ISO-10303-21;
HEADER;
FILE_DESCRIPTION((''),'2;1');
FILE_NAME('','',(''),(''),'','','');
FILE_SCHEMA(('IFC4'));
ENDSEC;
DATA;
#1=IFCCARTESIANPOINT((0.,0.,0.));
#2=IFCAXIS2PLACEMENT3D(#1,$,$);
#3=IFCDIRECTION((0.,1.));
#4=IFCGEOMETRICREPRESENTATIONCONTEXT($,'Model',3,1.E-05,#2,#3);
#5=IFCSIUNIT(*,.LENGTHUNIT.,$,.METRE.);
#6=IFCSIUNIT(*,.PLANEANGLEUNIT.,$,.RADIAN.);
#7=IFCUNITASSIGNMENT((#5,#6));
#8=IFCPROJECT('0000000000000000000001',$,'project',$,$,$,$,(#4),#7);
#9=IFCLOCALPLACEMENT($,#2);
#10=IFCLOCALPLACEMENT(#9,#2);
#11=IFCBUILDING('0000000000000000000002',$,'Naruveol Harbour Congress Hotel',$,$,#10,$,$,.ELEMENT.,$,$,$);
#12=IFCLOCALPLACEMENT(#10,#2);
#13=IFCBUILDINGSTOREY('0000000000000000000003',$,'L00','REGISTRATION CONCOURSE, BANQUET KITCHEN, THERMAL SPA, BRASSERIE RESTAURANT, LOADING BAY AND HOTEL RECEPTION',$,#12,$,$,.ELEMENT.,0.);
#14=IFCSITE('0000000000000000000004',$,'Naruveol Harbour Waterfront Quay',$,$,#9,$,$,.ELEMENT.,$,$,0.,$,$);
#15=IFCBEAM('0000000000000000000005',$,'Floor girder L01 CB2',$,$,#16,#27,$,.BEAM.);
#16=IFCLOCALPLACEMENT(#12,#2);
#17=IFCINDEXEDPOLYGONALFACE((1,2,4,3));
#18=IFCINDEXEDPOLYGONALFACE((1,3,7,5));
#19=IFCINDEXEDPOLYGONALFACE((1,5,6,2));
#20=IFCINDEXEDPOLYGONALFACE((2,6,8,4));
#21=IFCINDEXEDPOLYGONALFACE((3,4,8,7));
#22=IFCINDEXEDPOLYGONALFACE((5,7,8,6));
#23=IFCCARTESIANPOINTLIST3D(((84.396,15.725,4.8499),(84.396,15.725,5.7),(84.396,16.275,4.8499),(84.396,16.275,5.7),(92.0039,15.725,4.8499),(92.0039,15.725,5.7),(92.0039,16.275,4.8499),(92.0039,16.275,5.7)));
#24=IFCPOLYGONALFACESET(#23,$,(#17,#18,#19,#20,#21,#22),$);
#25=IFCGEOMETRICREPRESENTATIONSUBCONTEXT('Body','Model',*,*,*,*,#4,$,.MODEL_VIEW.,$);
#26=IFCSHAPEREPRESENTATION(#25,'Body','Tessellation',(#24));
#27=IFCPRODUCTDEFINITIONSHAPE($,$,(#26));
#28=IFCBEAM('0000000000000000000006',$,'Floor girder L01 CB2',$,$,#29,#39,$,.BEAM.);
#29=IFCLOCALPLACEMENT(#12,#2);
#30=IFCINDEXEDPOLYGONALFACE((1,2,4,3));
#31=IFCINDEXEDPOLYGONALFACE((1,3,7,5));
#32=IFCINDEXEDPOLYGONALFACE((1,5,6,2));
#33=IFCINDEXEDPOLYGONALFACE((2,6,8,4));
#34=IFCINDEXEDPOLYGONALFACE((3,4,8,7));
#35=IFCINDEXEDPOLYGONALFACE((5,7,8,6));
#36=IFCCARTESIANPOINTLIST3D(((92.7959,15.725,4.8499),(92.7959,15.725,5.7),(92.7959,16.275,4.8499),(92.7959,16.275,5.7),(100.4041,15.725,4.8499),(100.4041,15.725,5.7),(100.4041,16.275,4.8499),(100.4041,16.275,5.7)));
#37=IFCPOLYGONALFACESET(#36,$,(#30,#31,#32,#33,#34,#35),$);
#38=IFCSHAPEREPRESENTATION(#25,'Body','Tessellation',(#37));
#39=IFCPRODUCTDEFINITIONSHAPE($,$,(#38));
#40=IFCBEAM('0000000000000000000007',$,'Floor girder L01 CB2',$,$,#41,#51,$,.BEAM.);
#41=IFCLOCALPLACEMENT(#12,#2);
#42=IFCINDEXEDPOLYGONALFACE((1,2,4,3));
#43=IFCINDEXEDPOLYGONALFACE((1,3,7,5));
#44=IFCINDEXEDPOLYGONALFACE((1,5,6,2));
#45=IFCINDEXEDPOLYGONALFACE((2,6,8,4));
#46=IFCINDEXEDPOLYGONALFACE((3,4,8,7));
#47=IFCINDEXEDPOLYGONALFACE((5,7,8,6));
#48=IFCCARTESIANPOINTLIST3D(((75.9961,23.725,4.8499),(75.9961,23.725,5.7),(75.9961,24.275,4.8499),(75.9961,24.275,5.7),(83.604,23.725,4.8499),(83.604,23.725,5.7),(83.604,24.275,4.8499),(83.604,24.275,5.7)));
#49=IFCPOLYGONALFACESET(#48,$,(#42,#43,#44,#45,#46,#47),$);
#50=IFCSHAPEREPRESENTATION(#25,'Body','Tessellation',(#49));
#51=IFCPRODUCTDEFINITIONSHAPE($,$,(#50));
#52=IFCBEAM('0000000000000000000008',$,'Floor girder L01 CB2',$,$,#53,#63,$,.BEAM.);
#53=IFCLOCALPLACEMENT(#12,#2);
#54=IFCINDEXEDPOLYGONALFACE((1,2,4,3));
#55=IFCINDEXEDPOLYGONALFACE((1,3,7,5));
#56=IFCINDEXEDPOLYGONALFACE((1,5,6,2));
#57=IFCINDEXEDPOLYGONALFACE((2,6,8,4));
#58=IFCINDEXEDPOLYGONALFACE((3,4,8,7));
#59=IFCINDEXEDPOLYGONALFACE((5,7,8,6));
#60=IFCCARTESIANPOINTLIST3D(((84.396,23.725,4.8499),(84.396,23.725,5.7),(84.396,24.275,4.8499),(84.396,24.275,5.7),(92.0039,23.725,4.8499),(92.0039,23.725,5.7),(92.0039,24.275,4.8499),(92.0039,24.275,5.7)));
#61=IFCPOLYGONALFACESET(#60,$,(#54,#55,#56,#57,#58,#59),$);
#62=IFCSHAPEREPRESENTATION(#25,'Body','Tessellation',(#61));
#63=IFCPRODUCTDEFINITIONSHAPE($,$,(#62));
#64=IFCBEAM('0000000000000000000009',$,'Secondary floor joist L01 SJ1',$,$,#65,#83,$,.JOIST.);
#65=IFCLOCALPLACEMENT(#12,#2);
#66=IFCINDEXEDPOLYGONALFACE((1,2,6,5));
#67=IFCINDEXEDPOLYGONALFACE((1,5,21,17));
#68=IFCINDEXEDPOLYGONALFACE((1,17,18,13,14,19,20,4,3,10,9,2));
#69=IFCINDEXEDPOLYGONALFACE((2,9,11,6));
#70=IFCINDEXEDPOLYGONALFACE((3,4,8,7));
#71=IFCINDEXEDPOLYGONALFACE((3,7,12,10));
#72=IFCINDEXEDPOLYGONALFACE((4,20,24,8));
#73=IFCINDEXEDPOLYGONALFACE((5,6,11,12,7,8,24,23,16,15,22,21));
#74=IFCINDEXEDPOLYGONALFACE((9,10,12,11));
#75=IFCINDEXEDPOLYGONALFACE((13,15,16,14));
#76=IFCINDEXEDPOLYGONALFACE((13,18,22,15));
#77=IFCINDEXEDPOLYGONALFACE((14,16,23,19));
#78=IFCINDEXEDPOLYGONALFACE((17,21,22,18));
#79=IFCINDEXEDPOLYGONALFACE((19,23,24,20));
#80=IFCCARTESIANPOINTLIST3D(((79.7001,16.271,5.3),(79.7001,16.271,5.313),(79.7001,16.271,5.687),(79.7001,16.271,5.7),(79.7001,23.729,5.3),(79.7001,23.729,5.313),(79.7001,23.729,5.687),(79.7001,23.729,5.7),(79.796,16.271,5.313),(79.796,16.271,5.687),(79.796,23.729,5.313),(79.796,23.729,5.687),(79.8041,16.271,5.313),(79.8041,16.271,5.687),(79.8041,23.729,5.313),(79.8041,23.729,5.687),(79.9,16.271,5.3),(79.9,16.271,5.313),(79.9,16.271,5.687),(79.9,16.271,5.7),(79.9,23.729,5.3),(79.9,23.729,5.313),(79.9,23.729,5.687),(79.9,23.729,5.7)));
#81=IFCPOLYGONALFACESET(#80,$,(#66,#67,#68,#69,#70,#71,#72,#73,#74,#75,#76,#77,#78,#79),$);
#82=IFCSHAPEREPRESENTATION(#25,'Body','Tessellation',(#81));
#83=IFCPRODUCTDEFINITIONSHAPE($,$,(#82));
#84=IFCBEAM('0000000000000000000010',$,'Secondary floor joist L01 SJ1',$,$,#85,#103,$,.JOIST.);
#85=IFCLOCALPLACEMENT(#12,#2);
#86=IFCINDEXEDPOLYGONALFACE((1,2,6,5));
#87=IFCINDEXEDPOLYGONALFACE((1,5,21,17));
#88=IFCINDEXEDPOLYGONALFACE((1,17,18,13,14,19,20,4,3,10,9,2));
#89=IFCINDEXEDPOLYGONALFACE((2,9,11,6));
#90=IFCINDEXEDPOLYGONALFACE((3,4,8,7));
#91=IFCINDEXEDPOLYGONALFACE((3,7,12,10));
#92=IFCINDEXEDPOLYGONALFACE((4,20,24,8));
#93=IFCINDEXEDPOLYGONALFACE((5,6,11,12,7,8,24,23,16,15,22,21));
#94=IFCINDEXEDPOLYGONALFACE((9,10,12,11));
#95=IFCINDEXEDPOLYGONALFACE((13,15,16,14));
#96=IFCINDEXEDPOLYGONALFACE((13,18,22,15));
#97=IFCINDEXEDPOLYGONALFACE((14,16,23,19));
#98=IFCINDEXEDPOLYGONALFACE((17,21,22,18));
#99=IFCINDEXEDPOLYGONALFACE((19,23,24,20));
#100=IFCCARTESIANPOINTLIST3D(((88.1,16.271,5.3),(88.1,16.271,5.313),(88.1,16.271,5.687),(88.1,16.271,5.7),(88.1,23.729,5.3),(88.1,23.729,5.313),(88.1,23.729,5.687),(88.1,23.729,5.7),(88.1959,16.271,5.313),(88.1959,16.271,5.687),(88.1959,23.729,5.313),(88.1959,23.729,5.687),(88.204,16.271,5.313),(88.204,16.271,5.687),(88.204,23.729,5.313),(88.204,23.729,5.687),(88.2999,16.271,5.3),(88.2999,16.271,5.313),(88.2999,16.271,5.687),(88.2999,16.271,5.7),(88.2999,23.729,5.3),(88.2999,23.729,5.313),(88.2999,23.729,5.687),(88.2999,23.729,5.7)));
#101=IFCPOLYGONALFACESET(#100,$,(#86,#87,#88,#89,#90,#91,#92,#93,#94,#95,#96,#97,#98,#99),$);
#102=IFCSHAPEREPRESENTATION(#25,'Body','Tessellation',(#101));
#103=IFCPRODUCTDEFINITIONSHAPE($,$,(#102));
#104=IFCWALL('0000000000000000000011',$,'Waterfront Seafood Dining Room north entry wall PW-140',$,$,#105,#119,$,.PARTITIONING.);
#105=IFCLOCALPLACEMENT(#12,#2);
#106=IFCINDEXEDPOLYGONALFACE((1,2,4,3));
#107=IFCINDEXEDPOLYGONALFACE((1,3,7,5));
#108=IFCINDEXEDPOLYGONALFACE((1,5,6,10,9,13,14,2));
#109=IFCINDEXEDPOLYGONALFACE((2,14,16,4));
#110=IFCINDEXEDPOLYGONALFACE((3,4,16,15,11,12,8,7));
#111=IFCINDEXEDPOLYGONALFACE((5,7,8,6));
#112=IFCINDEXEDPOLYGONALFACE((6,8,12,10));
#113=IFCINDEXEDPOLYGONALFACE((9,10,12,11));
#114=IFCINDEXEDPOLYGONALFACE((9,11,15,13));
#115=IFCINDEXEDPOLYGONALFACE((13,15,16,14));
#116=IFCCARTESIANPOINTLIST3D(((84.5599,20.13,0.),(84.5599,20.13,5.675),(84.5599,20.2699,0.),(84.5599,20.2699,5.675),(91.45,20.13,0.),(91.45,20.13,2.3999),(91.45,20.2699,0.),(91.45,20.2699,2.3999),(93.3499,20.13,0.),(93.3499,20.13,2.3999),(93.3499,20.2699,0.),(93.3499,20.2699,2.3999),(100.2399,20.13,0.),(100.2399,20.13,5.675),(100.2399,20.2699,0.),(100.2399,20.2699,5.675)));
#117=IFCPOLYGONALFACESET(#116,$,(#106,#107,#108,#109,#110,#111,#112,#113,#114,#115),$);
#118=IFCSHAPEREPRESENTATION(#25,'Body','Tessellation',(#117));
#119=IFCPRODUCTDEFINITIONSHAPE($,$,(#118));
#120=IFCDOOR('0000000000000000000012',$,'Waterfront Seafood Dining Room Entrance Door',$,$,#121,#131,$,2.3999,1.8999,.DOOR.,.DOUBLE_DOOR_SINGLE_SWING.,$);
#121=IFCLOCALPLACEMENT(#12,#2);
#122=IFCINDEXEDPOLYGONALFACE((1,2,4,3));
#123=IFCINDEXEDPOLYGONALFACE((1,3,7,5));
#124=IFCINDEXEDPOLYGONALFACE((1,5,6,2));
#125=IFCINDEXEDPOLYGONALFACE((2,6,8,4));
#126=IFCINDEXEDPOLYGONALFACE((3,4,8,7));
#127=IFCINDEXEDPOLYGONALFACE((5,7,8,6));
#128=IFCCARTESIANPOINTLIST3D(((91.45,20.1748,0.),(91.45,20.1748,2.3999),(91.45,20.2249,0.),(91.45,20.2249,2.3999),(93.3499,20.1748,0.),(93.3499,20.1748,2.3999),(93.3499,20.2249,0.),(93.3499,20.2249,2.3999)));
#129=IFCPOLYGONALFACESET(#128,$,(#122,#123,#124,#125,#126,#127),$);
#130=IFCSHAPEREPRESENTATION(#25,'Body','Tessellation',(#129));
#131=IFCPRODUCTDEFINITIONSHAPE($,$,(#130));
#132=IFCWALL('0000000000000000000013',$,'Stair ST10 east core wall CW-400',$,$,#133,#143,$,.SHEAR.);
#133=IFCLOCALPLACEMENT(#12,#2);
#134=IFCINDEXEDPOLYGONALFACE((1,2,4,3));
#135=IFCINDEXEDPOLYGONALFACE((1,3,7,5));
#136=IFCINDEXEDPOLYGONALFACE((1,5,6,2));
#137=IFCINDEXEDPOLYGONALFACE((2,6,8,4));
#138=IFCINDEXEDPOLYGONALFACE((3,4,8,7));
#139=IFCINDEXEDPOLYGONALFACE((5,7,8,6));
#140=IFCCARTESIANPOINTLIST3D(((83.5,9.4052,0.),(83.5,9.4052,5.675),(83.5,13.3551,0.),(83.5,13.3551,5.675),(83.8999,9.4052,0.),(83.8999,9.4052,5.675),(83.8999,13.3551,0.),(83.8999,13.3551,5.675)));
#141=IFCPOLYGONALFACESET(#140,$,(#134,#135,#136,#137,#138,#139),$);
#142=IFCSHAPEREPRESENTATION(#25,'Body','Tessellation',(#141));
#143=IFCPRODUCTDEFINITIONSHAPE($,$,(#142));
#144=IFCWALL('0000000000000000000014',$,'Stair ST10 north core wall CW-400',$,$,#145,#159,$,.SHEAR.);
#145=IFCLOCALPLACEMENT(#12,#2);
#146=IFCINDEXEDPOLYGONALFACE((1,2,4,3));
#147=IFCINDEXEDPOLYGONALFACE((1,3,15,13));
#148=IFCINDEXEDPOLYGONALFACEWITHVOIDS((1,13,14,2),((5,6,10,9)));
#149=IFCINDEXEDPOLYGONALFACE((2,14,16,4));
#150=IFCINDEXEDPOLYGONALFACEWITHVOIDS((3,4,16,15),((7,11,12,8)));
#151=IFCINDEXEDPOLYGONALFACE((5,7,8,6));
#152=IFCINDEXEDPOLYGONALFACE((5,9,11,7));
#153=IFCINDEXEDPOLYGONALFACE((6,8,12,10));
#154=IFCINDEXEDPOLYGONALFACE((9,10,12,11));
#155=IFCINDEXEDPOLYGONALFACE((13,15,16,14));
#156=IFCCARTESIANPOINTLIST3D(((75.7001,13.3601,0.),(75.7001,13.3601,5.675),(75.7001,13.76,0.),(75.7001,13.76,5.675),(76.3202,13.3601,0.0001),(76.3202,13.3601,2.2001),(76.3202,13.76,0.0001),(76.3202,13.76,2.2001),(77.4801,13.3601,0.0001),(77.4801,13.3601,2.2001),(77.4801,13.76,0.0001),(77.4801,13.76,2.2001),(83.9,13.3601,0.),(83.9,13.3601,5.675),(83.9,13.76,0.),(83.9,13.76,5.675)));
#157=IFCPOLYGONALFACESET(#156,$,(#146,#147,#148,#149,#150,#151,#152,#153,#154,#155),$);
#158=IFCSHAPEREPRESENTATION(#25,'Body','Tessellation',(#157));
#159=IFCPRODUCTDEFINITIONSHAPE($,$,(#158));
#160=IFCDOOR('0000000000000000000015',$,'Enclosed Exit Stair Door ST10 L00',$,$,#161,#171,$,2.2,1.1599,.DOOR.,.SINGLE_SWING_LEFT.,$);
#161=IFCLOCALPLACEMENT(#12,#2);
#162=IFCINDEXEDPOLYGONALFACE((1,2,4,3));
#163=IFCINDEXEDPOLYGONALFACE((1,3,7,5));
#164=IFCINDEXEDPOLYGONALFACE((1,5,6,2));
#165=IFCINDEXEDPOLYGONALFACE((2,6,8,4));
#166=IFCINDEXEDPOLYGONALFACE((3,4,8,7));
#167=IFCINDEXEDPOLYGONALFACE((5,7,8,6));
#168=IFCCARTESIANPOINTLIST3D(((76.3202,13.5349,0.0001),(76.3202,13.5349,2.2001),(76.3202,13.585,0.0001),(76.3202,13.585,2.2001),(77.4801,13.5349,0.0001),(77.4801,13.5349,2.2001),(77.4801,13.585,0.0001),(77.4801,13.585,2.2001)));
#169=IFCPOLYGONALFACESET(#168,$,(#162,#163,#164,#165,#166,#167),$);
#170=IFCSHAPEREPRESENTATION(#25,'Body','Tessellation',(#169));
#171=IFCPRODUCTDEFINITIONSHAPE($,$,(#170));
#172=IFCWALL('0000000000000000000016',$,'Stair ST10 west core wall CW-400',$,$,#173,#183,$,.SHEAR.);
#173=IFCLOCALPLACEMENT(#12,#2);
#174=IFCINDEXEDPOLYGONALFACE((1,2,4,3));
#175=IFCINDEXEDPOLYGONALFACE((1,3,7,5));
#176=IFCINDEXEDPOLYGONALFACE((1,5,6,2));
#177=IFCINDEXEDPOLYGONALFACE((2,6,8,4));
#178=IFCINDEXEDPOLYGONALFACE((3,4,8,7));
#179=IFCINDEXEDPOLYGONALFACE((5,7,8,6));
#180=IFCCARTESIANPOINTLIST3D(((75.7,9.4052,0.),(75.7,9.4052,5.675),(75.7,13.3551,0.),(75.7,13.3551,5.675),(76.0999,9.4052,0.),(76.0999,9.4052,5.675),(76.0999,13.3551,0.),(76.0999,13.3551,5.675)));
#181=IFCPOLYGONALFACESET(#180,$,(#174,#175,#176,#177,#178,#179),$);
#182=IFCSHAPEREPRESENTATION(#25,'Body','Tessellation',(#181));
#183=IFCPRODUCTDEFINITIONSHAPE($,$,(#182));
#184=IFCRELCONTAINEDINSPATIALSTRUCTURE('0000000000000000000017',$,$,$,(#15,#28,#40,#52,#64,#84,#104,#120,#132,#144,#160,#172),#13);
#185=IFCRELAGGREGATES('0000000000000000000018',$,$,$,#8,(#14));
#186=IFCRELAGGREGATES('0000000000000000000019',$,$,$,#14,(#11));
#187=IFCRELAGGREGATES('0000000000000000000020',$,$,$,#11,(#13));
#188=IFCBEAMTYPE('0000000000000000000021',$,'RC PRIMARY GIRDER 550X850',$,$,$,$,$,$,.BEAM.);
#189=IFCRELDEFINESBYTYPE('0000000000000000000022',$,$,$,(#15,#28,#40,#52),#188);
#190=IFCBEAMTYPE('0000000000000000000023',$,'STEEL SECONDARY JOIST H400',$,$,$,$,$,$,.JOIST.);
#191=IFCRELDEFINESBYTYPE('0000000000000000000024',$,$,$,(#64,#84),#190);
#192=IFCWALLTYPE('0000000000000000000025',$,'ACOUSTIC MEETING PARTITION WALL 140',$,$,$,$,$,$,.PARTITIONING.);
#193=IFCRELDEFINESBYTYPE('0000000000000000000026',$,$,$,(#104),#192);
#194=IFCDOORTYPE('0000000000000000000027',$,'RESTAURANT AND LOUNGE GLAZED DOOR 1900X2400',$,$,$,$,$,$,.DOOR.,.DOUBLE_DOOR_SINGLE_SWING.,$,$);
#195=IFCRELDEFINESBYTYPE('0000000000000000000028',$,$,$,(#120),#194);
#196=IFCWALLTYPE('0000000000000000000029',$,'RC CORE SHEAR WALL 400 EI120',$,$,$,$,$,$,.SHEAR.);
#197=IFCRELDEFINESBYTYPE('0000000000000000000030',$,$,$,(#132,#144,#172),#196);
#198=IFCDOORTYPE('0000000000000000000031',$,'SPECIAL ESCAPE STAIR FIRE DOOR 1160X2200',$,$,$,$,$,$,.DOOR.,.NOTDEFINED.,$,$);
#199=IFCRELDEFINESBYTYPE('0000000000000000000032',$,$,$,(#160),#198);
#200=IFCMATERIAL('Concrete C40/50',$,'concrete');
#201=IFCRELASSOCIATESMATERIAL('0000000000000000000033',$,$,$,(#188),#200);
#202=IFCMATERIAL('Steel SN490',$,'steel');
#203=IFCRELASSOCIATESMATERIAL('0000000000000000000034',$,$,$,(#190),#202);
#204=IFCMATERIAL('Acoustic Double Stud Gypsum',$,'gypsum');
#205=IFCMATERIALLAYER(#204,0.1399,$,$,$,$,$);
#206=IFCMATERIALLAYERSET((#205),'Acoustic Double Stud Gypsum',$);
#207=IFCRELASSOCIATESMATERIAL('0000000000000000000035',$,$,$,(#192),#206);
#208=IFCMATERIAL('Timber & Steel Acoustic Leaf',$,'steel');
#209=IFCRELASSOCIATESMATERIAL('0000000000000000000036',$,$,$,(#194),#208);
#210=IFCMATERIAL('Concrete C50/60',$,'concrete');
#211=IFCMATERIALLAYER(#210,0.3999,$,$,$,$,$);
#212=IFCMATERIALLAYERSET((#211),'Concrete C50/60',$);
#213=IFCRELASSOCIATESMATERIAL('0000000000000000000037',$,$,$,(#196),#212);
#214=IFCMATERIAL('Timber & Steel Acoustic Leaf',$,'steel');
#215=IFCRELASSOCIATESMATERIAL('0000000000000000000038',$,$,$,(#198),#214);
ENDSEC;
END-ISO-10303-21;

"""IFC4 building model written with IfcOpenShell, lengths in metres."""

from ifc_helpers import new_model, si_unit, direction, frame, frame_2d, origin, origin_2d, place, context, subcontext, project, spatial, rectangle, i_section, extrude, material, layer, layer_set, material_profile, profile_set, type_object, element, fill, save


model = new_model("IFC4")

# Units and contexts
model_context = context("Model", 3, precision=1e-05, world=origin(), true_north=direction((0.0, 1.0)))
body_context = subcontext(model_context, "Body", "Model", "MODEL_VIEW")
ifc_project = project(units=[si_unit("LENGTHUNIT", "METRE"), si_unit("PLANEANGLEUNIT", "RADIAN")], contexts=[model_context])

# Site, building, storey
site_placement = place(None, origin())
site = spatial("IfcSite", under=ifc_project, at=site_placement, Name="Naruveol Harbour Waterfront Quay", CompositionType="ELEMENT", RefElevation=0.0)
building_placement = place(site_placement, origin())
building = spatial("IfcBuilding", under=site, at=building_placement, Name="Naruveol Harbour Congress Hotel", CompositionType="ELEMENT")
storey_placement = place(building_placement, origin())
storey = spatial("IfcBuildingStorey", under=building, at=storey_placement, Name="L00", Description="REGISTRATION CONCOURSE, BANQUET KITCHEN, THERMAL SPA, BRASSERIE RESTAURANT, LOADING BAY AND HOTEL RECEPTION", CompositionType="ELEMENT", Elevation=0.0)

# Beams
ifc_material_1 = material(Name="Concrete C40/50", Category="concrete")
ifc_material_profile_1 = material_profile(ifc_material_1, rectangle(XDim=0.55, YDim=0.8501, at=origin_2d()), Name="RCB-550x850")
ifc_profile_set_1 = profile_set([ifc_material_profile_1], Name="Concrete C40/50")
beam_type_1 = type_object("IfcBeamType", Name="RC PRIMARY GIRDER 550X850", PredefinedType="BEAM", material=ifc_profile_set_1)
for number, where, z_axis, x_axis, name in (
    (1, (84.396, 16.0, 5.2749), (1.0, 0.0, 0.0), (0.0, 1.0, 0.0), "Floor girder L01 CB2"),
):
    element("IfcBeam", number, at=place(storey_placement, frame(where, z_axis=z_axis, x_axis=x_axis)), inside=storey, type_object=beam_type_1, Name=name, PredefinedType="BEAM", context=body_context, shape_type="SweptSolid", body=[
        extrude(rectangle(XDim=0.55, YDim=0.8501, at=origin_2d()), origin(), (0.0, 0.0, 1.0), 7.6079),
    ])
beam_placement = place(storey_placement, frame((92.7959, 16.0, 5.2749), z_axis=(1.0, 0.0, 0.0), x_axis=(0.0, 1.0, 0.0)))
element("IfcBeam", 2, at=beam_placement, inside=storey, type_object=beam_type_1, Name="Floor girder L01 CB2", PredefinedType="BEAM", context=body_context, shape_type="SweptSolid", body=[
    extrude(rectangle(XDim=0.55, YDim=0.8501, at=origin_2d()), origin(), (0.0, 0.0, 1.0), 7.6082),
])
for number, where, z_axis, x_axis, name in (
    (3, (75.9961, 24.0, 5.2749), (1.0, 0.0, 0.0), (0.0, 1.0, 0.0), "Floor girder L01 CB2"),
    (4, (84.396, 24.0, 5.2749), (1.0, 0.0, 0.0), (0.0, 1.0, 0.0), "Floor girder L01 CB2"),
):
    element("IfcBeam", number, at=place(storey_placement, frame(where, z_axis=z_axis, x_axis=x_axis)), inside=storey, type_object=beam_type_1, Name=name, PredefinedType="BEAM", context=body_context, shape_type="SweptSolid", body=[
        extrude(rectangle(XDim=0.55, YDim=0.8501, at=origin_2d()), origin(), (0.0, 0.0, 1.0), 7.6079),
    ])
ifc_material_2 = material(Name="Steel SN490", Category="steel")
ifc_material_profile_2 = material_profile(ifc_material_2, i_section(OverallWidth=0.2, OverallDepth=0.3999, WebThickness=0.0081, FlangeThickness=0.0129, at=origin_2d()), Name="H-400x200x8x13")
ifc_profile_set_2 = profile_set([ifc_material_profile_2], Name="Steel SN490")
beam_type_2 = type_object("IfcBeamType", Name="STEEL SECONDARY JOIST H400", PredefinedType="JOIST", material=ifc_profile_set_2)
for number, where, z_axis, x_axis, name in (
    (5, (79.8, 16.271, 5.5), (0.0, 1.0, 0.0), (-1.0, 0.0, 0.0), "Secondary floor joist L01 SJ1"),
    (6, (88.2, 16.271, 5.5), (0.0, 1.0, 0.0), (-1.0, 0.0, 0.0), "Secondary floor joist L01 SJ1"),
):
    element("IfcBeam", number, at=place(storey_placement, frame(where, z_axis=z_axis, x_axis=x_axis)), inside=storey, type_object=beam_type_2, Name=name, PredefinedType="JOIST", context=body_context, shape_type="SweptSolid", body=[
        extrude(i_section(OverallWidth=0.2, OverallDepth=0.3999, WebThickness=0.0081, FlangeThickness=0.0129, at=origin_2d()), origin(), (0.0, 0.0, 1.0), 7.458),
    ])

# Wall, opening, door
ifc_material_3 = material(Name="Acoustic Double Stud Gypsum", Category="gypsum")
ifc_layer_1 = layer(ifc_material_3, 0.1399)
ifc_layer_set_1 = layer_set([ifc_layer_1], Name="Acoustic Double Stud Gypsum")
wall_type_1 = type_object("IfcWallType", Name="ACOUSTIC MEETING PARTITION WALL 140", PredefinedType="PARTITIONING", material=ifc_layer_set_1)
wall_1_placement = place(storey_placement, frame((84.5601, 20.2, 0.0), z_axis=(0.0, 0.0, 1.0), x_axis=(1.0, 0.0, 0.0)))
wall_1 = element("IfcWall", 7, at=wall_1_placement, inside=storey, type_object=wall_type_1, Name="Waterfront Seafood Dining Room north entry wall PW-140", PredefinedType="PARTITIONING", context=body_context, shape_type="SweptSolid", body=[
    extrude(rectangle(XDim=15.6799, YDim=0.1399, at=frame_2d((7.8398, 0.0))), origin(), (0.0, 0.0, 1.0), 5.675),
])
opening_1_placement = place(wall_1_placement, frame((6.8899, 0.0, 0.0)))
opening_1 = element("IfcOpeningElement", 8, at=opening_1_placement, cuts=wall_1, PredefinedType="OPENING", context=body_context, shape_type="SweptSolid", body=[
    extrude(rectangle(XDim=1.8999, YDim=2.3999, at=frame_2d((0.95, 1.2))), frame((0.0, 0.0798, 0.0), z_axis=(0.0, -1.0, 0.0), x_axis=(1.0, 0.0, 0.0)), (0.0, 0.0, 1.0), 0.1599),
])
ifc_material_4 = material(Name="Timber & Steel Acoustic Leaf", Category="steel")
door_type_1 = type_object("IfcDoorType", Name="RESTAURANT AND LOUNGE GLAZED DOOR 1900X2400", OperationType="DOUBLE_DOOR_SINGLE_SWING", PredefinedType="DOOR", material=ifc_material_4)
door_1_placement = place(opening_1_placement, origin())
door_1 = element("IfcDoor", 9, at=door_1_placement, inside=storey, type_object=door_type_1, Name="Waterfront Seafood Dining Room Entrance Door", OperationType="DOUBLE_DOOR_SINGLE_SWING", OverallHeight=2.3999, OverallWidth=1.8999, PredefinedType="DOOR", context=body_context, shape_type="SweptSolid", body=[
    extrude(rectangle(XDim=1.8999, YDim=2.3999, at=frame_2d((0.95, 1.2))), frame((0.0, 0.0249, 0.0), z_axis=(0.0, -1.0, 0.0), x_axis=(1.0, 0.0, 0.0)), (0.0, 0.0, 1.0), 0.05),
])
fill(opening_1, door_1)

# Wall
ifc_material_5 = material(Name="Concrete C50/60", Category="concrete")
ifc_layer_2 = layer(ifc_material_5, 0.3999)
ifc_layer_set_2 = layer_set([ifc_layer_2], Name="Concrete C50/60")
wall_type_2 = type_object("IfcWallType", Name="RC CORE SHEAR WALL 400 EI120", PredefinedType="SHEAR", material=ifc_layer_set_2)
wall_2_placement = place(storey_placement, frame((83.7, 9.405, 0.0), z_axis=(0.0, 0.0, 1.0), x_axis=(0.0, 1.0, 0.0)))
element("IfcWall", 10, at=wall_2_placement, inside=storey, type_object=wall_type_2, Name="Stair ST10 east core wall CW-400", PredefinedType="SHEAR", context=body_context, shape_type="SweptSolid", body=[
    extrude(rectangle(XDim=3.95, YDim=0.3999, at=frame_2d((1.9751, 0.0))), origin(), (0.0, 0.0, 1.0), 5.675),
])

# Wall, opening, door
wall_3_placement = place(storey_placement, frame((75.7, 13.5601, 0.0), z_axis=(0.0, 0.0, 1.0), x_axis=(1.0, 0.0, 0.0)))
wall_3 = element("IfcWall", 11, at=wall_3_placement, inside=storey, type_object=wall_type_2, Name="Stair ST10 north core wall CW-400", PredefinedType="SHEAR", context=body_context, shape_type="SweptSolid", body=[
    extrude(rectangle(XDim=8.2, YDim=0.3999, at=frame_2d((4.1001, 0.0))), origin(), (0.0, 0.0, 1.0), 5.675),
])
opening_2_placement = place(wall_3_placement, frame((0.6201, 0.0, 0.0)))
opening_2 = element("IfcOpeningElement", 12, at=opening_2_placement, cuts=wall_3, PredefinedType="OPENING", context=body_context, shape_type="SweptSolid", body=[
    extrude(rectangle(XDim=1.1599, YDim=2.2, at=frame_2d((0.5801, 1.1001))), frame((0.0, 0.21, 0.0), z_axis=(0.0, -1.0, 0.0), x_axis=(1.0, 0.0, 0.0)), (0.0, 0.0, 1.0), 0.4199),
])
ifc_material_6 = material(Name="Timber & Steel Acoustic Leaf", Category="steel")
door_type_2 = type_object("IfcDoorType", Name="SPECIAL ESCAPE STAIR FIRE DOOR 1160X2200", OperationType="NOTDEFINED", PredefinedType="DOOR", material=ifc_material_6)
door_2_placement = place(opening_2_placement, origin())
door_2 = element("IfcDoor", 13, at=door_2_placement, inside=storey, type_object=door_type_2, Name="Enclosed Exit Stair Door ST10 L00", OperationType="SINGLE_SWING_LEFT", OverallHeight=2.2, OverallWidth=1.1599, PredefinedType="DOOR", context=body_context, shape_type="SweptSolid", body=[
    extrude(rectangle(XDim=1.1599, YDim=2.2, at=frame_2d((0.5801, 1.1001))), frame((0.0, 0.0249, 0.0), z_axis=(0.0, -1.0, 0.0), x_axis=(1.0, 0.0, 0.0)), (0.0, 0.0, 1.0), 0.05),
])
fill(opening_2, door_2)

# Wall
wall_4_placement = place(storey_placement, frame((75.8999, 9.405, 0.0), z_axis=(0.0, 0.0, 1.0), x_axis=(0.0, 1.0, 0.0)))
element("IfcWall", 14, at=wall_4_placement, inside=storey, type_object=wall_type_2, Name="Stair ST10 west core wall CW-400", PredefinedType="SHEAR", context=body_context, shape_type="SweptSolid", body=[
    extrude(rectangle(XDim=3.95, YDim=0.3999, at=frame_2d((1.9751, 0.0))), origin(), (0.0, 0.0, 1.0), 5.675),
])

save(model, "model.ifc")
